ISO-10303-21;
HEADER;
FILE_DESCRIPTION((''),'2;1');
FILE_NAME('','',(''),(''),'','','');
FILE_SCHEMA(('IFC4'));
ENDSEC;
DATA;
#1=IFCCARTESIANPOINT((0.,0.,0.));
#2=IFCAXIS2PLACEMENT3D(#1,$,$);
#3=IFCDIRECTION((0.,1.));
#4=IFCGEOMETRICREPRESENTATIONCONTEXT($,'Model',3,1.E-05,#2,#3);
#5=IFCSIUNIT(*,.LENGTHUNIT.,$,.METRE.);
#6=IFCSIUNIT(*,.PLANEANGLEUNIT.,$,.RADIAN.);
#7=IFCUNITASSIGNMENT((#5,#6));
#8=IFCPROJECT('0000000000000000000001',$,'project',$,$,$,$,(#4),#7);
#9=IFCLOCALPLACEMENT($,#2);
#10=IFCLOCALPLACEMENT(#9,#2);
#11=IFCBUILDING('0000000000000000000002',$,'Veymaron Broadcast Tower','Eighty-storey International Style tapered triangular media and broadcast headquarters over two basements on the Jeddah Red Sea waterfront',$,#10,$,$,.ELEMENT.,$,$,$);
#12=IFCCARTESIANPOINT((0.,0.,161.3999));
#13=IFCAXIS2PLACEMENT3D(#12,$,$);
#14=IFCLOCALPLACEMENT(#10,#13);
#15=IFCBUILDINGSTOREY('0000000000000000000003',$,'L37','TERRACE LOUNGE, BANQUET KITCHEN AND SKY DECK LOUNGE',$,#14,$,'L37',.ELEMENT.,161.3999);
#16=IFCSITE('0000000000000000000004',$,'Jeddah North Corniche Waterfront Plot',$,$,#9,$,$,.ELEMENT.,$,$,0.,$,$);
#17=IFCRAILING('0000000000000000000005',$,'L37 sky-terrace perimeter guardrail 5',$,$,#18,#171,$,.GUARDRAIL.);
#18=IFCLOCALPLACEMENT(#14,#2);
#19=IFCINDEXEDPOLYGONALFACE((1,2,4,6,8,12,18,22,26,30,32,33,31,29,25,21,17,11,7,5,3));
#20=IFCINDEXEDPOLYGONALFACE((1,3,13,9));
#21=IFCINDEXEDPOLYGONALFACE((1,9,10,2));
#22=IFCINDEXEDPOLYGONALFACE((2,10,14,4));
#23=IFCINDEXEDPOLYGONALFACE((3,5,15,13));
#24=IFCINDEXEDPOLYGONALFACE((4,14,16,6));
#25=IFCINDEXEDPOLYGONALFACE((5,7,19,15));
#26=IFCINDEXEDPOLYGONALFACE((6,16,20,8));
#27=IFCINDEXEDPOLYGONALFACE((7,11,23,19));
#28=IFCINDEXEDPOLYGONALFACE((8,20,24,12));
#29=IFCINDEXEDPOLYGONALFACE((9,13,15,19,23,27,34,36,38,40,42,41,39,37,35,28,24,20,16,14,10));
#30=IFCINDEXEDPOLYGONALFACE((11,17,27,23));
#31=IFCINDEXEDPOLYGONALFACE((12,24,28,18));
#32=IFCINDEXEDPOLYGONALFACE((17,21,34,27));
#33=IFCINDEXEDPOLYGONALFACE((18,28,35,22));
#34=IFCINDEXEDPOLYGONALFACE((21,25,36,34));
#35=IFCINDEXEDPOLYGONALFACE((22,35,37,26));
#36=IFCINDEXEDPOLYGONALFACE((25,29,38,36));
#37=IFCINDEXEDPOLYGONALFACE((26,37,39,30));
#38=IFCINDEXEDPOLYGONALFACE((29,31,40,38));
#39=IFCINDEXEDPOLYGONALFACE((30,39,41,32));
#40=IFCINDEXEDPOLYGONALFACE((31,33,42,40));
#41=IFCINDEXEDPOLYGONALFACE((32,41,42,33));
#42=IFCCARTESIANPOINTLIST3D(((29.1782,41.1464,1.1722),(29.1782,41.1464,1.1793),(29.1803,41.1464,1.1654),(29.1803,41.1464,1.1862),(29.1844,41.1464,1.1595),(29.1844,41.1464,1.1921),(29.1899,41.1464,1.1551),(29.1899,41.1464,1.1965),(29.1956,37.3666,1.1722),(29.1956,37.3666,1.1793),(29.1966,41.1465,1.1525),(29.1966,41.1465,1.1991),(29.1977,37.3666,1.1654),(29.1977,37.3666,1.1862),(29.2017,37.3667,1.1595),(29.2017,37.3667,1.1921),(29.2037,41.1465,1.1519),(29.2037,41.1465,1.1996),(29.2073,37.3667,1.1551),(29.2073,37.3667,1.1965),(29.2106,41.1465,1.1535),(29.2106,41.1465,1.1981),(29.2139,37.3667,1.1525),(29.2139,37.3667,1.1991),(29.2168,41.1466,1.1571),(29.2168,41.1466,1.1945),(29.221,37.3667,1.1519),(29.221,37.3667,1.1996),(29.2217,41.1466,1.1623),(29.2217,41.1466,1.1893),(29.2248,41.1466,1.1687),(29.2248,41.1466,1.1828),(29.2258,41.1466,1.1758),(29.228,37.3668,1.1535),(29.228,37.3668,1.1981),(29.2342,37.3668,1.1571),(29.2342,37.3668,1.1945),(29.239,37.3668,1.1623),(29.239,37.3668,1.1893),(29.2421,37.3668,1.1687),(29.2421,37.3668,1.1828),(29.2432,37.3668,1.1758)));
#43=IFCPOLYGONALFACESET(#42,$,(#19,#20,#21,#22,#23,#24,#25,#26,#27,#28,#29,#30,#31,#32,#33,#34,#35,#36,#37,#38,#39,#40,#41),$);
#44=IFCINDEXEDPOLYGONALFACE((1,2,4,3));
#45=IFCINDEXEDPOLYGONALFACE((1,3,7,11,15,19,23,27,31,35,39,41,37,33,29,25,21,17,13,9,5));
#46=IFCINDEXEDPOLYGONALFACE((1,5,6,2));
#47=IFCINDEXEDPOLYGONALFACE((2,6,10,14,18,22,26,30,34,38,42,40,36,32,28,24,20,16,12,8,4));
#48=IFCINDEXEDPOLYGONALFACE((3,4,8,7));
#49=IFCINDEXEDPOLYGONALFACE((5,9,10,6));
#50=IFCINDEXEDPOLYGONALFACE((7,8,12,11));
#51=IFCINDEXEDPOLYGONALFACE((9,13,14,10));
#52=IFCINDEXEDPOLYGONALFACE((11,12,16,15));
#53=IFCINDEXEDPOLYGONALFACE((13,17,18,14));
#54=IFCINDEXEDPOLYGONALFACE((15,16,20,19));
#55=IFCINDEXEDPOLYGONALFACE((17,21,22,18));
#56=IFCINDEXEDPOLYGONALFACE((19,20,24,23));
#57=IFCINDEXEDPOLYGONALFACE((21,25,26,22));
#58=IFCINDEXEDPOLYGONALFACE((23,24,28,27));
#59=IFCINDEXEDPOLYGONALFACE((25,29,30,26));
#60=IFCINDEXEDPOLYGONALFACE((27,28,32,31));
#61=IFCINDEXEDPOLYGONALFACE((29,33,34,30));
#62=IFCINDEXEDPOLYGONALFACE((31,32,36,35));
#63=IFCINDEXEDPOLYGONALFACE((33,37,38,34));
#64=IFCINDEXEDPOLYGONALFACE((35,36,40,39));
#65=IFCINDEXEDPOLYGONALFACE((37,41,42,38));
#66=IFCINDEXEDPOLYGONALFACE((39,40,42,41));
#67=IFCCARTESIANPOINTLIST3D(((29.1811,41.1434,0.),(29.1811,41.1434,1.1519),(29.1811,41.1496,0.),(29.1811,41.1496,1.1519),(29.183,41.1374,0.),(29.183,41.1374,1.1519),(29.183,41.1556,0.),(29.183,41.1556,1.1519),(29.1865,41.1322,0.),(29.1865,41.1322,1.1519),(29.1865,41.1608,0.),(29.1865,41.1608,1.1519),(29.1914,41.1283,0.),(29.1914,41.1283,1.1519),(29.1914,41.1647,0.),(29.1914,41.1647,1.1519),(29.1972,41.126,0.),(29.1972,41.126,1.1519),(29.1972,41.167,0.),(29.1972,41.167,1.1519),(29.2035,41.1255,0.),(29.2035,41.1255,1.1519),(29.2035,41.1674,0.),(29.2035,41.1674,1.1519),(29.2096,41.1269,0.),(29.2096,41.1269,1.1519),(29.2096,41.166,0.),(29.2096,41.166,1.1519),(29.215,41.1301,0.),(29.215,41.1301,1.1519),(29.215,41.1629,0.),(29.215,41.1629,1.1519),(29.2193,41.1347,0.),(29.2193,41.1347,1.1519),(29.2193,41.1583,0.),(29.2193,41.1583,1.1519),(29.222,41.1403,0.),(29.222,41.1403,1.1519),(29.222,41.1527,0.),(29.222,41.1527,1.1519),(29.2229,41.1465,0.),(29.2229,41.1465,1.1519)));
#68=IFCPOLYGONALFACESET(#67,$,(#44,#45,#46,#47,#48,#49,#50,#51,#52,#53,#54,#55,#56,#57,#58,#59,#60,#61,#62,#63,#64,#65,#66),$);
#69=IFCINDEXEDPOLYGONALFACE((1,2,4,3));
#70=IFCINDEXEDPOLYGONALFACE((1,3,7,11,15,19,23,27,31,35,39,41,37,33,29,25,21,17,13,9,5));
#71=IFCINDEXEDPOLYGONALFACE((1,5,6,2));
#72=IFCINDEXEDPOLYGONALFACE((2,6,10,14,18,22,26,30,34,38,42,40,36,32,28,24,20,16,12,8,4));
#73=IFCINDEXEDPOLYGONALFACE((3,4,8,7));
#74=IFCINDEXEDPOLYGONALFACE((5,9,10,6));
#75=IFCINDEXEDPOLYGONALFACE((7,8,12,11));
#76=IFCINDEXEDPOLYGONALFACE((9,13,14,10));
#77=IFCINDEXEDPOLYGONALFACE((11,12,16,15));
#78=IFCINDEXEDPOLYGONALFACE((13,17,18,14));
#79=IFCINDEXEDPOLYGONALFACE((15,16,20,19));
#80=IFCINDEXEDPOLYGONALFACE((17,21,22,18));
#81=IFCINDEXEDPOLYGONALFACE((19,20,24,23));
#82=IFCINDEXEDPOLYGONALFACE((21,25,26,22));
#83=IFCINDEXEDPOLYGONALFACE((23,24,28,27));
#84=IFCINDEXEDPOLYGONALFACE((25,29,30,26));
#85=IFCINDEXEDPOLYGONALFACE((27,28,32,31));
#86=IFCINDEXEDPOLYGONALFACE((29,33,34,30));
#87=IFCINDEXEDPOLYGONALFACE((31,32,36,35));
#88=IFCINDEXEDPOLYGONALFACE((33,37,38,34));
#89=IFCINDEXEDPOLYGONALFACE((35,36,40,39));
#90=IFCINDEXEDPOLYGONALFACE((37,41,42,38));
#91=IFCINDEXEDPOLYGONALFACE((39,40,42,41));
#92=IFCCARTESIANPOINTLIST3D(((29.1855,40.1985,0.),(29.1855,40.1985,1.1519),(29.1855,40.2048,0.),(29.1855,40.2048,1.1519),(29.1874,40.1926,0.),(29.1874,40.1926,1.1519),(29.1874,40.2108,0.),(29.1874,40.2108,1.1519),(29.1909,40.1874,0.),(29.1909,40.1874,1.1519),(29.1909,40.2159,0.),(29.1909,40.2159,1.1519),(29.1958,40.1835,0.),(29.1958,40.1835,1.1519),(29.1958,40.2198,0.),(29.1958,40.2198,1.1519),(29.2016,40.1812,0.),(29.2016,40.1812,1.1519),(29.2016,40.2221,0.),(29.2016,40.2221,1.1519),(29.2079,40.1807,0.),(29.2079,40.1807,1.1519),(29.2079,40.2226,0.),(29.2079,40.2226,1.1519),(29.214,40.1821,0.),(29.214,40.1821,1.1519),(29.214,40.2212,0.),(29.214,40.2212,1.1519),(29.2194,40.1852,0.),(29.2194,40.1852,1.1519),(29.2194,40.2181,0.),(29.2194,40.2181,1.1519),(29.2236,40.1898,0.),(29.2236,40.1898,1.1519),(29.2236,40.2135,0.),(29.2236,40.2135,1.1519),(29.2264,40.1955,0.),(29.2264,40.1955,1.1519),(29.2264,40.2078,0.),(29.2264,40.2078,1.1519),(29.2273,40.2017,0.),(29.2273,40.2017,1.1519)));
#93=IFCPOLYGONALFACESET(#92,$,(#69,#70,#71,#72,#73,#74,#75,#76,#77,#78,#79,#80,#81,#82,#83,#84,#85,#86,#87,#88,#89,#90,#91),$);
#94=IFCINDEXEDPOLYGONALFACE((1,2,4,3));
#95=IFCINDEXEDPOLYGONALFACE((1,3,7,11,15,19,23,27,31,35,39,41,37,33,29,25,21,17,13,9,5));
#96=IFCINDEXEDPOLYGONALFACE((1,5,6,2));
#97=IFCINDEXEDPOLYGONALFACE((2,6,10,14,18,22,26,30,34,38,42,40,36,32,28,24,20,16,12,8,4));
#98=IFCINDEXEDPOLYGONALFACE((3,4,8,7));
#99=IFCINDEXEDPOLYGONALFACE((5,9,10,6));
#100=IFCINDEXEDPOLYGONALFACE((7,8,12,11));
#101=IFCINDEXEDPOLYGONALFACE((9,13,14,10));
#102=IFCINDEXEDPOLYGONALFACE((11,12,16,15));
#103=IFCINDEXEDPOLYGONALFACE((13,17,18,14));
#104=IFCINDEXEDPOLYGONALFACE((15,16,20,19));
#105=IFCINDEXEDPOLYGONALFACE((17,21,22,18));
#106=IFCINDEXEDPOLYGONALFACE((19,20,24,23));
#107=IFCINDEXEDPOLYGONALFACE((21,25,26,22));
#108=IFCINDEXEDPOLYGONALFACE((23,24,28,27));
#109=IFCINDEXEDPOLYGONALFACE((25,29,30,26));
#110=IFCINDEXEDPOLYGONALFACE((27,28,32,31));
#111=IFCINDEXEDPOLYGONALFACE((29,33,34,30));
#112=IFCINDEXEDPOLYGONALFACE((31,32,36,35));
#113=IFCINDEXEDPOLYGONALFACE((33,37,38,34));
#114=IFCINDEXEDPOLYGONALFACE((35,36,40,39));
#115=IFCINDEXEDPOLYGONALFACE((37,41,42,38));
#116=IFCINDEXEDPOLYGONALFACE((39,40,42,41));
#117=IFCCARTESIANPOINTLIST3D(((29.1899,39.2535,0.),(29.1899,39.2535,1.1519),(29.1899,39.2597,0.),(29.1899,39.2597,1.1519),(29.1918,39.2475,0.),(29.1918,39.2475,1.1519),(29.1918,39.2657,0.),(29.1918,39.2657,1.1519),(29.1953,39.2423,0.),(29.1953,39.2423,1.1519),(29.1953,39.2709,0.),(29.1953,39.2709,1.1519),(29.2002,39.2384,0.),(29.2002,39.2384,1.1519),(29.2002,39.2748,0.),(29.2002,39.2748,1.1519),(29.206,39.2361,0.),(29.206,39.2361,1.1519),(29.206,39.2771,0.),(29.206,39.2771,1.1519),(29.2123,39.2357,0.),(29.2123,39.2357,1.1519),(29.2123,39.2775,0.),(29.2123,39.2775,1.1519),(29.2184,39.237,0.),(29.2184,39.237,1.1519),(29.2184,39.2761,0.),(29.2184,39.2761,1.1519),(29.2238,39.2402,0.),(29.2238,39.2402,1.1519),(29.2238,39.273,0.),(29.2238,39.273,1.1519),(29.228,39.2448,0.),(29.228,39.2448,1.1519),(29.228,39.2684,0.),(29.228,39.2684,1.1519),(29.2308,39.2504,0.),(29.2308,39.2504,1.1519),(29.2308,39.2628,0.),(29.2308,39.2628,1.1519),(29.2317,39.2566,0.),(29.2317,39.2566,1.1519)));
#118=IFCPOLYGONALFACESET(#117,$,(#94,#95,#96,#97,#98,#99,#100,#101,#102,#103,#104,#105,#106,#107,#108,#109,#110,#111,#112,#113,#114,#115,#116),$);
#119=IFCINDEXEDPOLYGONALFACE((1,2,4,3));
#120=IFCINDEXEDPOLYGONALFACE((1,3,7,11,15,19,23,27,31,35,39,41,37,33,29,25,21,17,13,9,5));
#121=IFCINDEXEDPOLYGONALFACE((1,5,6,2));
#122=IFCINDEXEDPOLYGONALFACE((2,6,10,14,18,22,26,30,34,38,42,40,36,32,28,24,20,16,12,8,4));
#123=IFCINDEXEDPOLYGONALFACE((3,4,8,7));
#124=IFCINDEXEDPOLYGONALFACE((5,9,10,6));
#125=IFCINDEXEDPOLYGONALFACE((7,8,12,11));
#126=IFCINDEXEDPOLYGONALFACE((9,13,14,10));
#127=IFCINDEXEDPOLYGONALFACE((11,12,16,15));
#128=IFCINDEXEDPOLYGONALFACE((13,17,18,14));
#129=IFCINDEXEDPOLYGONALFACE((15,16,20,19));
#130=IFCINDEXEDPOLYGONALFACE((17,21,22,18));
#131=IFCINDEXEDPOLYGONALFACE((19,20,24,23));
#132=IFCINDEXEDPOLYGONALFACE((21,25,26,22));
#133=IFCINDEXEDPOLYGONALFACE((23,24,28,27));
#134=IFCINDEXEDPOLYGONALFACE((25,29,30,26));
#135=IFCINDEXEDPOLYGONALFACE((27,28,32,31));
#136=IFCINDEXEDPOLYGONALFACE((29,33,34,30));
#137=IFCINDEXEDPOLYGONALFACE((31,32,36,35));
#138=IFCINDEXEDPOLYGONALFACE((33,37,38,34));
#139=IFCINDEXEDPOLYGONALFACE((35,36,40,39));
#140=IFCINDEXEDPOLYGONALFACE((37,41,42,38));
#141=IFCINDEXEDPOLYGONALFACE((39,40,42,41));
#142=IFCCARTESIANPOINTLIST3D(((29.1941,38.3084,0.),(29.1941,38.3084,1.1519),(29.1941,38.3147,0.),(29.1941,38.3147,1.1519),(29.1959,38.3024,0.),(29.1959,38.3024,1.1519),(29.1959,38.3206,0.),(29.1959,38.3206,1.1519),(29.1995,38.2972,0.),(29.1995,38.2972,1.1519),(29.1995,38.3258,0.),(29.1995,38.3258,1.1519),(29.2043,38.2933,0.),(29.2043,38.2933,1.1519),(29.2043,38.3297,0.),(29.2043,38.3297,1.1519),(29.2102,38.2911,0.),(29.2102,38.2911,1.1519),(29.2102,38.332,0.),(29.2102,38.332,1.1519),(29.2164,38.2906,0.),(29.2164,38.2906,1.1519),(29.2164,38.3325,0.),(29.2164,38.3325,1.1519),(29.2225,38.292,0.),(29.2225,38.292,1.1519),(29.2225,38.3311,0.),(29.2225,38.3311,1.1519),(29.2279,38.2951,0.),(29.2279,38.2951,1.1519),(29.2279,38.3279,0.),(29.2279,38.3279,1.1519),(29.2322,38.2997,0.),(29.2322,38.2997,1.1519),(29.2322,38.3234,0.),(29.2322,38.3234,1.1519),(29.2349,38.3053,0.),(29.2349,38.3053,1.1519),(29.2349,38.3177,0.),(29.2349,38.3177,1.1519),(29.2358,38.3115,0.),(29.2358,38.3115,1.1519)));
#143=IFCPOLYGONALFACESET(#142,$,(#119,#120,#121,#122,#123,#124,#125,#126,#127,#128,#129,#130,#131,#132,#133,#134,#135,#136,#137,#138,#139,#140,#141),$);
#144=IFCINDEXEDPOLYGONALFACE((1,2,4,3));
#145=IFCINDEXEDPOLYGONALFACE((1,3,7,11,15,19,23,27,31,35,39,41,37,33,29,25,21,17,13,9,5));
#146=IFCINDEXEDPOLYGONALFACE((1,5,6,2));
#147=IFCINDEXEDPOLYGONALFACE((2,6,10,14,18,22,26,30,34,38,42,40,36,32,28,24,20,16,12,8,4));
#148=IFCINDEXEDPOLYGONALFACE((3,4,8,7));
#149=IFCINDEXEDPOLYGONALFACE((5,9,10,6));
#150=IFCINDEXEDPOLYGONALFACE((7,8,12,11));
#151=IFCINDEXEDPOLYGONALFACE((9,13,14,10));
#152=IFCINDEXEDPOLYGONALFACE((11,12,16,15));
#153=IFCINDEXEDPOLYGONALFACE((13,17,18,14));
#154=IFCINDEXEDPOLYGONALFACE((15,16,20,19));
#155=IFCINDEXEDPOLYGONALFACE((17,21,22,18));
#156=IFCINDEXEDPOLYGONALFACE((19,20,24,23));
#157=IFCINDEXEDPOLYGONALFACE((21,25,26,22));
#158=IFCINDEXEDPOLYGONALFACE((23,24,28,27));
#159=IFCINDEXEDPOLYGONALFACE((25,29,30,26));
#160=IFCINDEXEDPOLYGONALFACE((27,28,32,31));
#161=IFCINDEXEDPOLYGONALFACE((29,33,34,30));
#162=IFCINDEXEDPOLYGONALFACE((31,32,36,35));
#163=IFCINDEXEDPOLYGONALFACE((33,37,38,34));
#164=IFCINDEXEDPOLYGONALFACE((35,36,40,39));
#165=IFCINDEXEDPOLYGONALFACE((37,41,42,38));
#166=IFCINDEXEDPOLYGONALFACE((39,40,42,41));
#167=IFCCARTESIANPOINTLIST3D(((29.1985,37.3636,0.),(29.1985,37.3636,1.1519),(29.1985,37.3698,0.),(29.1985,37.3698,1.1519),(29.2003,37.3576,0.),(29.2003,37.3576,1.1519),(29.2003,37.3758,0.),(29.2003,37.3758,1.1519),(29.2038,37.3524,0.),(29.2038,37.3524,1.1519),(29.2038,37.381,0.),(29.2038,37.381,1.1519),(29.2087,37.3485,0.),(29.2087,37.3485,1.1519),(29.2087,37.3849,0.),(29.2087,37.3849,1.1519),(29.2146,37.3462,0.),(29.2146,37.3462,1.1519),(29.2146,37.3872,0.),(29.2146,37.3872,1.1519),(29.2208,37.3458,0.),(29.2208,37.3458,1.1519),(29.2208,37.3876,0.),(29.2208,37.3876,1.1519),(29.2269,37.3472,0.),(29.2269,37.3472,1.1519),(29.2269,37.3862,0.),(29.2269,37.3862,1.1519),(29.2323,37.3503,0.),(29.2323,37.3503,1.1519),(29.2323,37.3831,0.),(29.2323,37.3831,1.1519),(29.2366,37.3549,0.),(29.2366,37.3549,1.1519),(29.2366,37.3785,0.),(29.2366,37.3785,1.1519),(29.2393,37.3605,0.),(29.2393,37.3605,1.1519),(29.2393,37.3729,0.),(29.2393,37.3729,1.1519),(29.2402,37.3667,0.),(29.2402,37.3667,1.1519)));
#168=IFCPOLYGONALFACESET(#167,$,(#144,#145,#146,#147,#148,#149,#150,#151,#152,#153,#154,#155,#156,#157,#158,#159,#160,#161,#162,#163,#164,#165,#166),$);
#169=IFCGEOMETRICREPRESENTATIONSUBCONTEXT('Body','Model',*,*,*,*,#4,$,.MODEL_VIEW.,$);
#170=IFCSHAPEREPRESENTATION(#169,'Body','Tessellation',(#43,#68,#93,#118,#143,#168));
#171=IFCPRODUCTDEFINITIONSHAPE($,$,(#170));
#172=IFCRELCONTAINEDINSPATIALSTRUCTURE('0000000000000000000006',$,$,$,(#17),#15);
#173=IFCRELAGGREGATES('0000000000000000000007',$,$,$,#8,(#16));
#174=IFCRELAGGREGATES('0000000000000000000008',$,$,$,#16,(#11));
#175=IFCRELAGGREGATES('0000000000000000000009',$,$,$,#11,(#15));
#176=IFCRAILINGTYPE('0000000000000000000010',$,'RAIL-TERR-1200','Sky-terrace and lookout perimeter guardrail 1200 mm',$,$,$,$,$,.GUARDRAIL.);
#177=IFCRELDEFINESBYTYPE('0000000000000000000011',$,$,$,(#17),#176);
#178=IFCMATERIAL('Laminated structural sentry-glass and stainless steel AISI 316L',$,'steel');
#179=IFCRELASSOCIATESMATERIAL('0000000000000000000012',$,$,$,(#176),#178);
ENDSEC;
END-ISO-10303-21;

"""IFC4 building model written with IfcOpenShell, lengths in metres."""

from ifc_helpers import new_model, si_unit, direction, frame, origin, origin_2d, place, context, subcontext, project, spatial, circle, extrude, material, type_object, element, save


model = new_model("IFC4")

# Units and contexts
model_context = context("Model", 3, precision=1e-05, world=origin(), true_north=direction((0.0, 1.0)))
body_context = subcontext(model_context, "Body", "Model", "MODEL_VIEW")
ifc_project = project(units=[si_unit("LENGTHUNIT", "METRE"), si_unit("PLANEANGLEUNIT", "RADIAN")], contexts=[model_context])

# Site, building, storey
site_placement = place(None, origin())
site = spatial("IfcSite", under=ifc_project, at=site_placement, Name="Jeddah North Corniche Waterfront Plot", CompositionType="ELEMENT", RefElevation=0.0)
building_placement = place(site_placement, origin())
building = spatial("IfcBuilding", under=site, at=building_placement, Name="Veymaron Broadcast Tower", Description="Eighty-storey International Style tapered triangular media and broadcast headquarters over two basements on the Jeddah Red Sea waterfront", CompositionType="ELEMENT")
storey_placement = place(building_placement, frame((0.0, 0.0, 161.3999)))
storey = spatial("IfcBuildingStorey", under=building, at=storey_placement, Name="L37", Description="TERRACE LOUNGE, BANQUET KITCHEN AND SKY DECK LOUNGE", LongName="L37", CompositionType="ELEMENT", Elevation=161.3999)

# Railing
ifc_material_1 = material(Name="Laminated structural sentry-glass and stainless steel AISI 316L", Category="steel")
railing_type = type_object("IfcRailingType", Name="RAIL-TERR-1200", Description="Sky-terrace and lookout perimeter guardrail 1200 mm", PredefinedType="GUARDRAIL", material=ifc_material_1)
railing_1_placement = place(storey_placement, frame((29.2019, 41.1465, 0.0)))
element("IfcRailing", 1, at=railing_1_placement, inside=storey, type_object=railing_type, Name="L37 sky-terrace perimeter guardrail 5", PredefinedType="GUARDRAIL", context=body_context, shape_type="SweptSolid", body=[
    extrude(circle(Radius=0.0239, at=origin_2d()), frame((0.0, 0.0, 1.1758), z_axis=(0.004586, -0.999989, 0.0), x_axis=(0.999989, 0.004586, 0.0)), (0.0, 0.0, 1.0), 3.7798),
    extrude(circle(Radius=0.021, at=origin_2d()), origin(), (0.0, 0.0, 1.0), 1.1519),
    extrude(circle(Radius=0.021, at=origin_2d()), frame((0.0044, -0.9448, 0.0)), (0.0, 0.0, 1.0), 1.1519),
    extrude(circle(Radius=0.021, at=origin_2d()), frame((0.0088, -1.8899, 0.0)), (0.0, 0.0, 1.0), 1.1519),
    extrude(circle(Radius=0.021, at=origin_2d()), frame((0.0129, -2.835, 0.0)), (0.0, 0.0, 1.0), 1.1519),
    extrude(circle(Radius=0.021, at=origin_2d()), frame((0.0173, -3.7798, 0.0)), (0.0, 0.0, 1.0), 1.1519),
])

save(model, "model.ifc")
